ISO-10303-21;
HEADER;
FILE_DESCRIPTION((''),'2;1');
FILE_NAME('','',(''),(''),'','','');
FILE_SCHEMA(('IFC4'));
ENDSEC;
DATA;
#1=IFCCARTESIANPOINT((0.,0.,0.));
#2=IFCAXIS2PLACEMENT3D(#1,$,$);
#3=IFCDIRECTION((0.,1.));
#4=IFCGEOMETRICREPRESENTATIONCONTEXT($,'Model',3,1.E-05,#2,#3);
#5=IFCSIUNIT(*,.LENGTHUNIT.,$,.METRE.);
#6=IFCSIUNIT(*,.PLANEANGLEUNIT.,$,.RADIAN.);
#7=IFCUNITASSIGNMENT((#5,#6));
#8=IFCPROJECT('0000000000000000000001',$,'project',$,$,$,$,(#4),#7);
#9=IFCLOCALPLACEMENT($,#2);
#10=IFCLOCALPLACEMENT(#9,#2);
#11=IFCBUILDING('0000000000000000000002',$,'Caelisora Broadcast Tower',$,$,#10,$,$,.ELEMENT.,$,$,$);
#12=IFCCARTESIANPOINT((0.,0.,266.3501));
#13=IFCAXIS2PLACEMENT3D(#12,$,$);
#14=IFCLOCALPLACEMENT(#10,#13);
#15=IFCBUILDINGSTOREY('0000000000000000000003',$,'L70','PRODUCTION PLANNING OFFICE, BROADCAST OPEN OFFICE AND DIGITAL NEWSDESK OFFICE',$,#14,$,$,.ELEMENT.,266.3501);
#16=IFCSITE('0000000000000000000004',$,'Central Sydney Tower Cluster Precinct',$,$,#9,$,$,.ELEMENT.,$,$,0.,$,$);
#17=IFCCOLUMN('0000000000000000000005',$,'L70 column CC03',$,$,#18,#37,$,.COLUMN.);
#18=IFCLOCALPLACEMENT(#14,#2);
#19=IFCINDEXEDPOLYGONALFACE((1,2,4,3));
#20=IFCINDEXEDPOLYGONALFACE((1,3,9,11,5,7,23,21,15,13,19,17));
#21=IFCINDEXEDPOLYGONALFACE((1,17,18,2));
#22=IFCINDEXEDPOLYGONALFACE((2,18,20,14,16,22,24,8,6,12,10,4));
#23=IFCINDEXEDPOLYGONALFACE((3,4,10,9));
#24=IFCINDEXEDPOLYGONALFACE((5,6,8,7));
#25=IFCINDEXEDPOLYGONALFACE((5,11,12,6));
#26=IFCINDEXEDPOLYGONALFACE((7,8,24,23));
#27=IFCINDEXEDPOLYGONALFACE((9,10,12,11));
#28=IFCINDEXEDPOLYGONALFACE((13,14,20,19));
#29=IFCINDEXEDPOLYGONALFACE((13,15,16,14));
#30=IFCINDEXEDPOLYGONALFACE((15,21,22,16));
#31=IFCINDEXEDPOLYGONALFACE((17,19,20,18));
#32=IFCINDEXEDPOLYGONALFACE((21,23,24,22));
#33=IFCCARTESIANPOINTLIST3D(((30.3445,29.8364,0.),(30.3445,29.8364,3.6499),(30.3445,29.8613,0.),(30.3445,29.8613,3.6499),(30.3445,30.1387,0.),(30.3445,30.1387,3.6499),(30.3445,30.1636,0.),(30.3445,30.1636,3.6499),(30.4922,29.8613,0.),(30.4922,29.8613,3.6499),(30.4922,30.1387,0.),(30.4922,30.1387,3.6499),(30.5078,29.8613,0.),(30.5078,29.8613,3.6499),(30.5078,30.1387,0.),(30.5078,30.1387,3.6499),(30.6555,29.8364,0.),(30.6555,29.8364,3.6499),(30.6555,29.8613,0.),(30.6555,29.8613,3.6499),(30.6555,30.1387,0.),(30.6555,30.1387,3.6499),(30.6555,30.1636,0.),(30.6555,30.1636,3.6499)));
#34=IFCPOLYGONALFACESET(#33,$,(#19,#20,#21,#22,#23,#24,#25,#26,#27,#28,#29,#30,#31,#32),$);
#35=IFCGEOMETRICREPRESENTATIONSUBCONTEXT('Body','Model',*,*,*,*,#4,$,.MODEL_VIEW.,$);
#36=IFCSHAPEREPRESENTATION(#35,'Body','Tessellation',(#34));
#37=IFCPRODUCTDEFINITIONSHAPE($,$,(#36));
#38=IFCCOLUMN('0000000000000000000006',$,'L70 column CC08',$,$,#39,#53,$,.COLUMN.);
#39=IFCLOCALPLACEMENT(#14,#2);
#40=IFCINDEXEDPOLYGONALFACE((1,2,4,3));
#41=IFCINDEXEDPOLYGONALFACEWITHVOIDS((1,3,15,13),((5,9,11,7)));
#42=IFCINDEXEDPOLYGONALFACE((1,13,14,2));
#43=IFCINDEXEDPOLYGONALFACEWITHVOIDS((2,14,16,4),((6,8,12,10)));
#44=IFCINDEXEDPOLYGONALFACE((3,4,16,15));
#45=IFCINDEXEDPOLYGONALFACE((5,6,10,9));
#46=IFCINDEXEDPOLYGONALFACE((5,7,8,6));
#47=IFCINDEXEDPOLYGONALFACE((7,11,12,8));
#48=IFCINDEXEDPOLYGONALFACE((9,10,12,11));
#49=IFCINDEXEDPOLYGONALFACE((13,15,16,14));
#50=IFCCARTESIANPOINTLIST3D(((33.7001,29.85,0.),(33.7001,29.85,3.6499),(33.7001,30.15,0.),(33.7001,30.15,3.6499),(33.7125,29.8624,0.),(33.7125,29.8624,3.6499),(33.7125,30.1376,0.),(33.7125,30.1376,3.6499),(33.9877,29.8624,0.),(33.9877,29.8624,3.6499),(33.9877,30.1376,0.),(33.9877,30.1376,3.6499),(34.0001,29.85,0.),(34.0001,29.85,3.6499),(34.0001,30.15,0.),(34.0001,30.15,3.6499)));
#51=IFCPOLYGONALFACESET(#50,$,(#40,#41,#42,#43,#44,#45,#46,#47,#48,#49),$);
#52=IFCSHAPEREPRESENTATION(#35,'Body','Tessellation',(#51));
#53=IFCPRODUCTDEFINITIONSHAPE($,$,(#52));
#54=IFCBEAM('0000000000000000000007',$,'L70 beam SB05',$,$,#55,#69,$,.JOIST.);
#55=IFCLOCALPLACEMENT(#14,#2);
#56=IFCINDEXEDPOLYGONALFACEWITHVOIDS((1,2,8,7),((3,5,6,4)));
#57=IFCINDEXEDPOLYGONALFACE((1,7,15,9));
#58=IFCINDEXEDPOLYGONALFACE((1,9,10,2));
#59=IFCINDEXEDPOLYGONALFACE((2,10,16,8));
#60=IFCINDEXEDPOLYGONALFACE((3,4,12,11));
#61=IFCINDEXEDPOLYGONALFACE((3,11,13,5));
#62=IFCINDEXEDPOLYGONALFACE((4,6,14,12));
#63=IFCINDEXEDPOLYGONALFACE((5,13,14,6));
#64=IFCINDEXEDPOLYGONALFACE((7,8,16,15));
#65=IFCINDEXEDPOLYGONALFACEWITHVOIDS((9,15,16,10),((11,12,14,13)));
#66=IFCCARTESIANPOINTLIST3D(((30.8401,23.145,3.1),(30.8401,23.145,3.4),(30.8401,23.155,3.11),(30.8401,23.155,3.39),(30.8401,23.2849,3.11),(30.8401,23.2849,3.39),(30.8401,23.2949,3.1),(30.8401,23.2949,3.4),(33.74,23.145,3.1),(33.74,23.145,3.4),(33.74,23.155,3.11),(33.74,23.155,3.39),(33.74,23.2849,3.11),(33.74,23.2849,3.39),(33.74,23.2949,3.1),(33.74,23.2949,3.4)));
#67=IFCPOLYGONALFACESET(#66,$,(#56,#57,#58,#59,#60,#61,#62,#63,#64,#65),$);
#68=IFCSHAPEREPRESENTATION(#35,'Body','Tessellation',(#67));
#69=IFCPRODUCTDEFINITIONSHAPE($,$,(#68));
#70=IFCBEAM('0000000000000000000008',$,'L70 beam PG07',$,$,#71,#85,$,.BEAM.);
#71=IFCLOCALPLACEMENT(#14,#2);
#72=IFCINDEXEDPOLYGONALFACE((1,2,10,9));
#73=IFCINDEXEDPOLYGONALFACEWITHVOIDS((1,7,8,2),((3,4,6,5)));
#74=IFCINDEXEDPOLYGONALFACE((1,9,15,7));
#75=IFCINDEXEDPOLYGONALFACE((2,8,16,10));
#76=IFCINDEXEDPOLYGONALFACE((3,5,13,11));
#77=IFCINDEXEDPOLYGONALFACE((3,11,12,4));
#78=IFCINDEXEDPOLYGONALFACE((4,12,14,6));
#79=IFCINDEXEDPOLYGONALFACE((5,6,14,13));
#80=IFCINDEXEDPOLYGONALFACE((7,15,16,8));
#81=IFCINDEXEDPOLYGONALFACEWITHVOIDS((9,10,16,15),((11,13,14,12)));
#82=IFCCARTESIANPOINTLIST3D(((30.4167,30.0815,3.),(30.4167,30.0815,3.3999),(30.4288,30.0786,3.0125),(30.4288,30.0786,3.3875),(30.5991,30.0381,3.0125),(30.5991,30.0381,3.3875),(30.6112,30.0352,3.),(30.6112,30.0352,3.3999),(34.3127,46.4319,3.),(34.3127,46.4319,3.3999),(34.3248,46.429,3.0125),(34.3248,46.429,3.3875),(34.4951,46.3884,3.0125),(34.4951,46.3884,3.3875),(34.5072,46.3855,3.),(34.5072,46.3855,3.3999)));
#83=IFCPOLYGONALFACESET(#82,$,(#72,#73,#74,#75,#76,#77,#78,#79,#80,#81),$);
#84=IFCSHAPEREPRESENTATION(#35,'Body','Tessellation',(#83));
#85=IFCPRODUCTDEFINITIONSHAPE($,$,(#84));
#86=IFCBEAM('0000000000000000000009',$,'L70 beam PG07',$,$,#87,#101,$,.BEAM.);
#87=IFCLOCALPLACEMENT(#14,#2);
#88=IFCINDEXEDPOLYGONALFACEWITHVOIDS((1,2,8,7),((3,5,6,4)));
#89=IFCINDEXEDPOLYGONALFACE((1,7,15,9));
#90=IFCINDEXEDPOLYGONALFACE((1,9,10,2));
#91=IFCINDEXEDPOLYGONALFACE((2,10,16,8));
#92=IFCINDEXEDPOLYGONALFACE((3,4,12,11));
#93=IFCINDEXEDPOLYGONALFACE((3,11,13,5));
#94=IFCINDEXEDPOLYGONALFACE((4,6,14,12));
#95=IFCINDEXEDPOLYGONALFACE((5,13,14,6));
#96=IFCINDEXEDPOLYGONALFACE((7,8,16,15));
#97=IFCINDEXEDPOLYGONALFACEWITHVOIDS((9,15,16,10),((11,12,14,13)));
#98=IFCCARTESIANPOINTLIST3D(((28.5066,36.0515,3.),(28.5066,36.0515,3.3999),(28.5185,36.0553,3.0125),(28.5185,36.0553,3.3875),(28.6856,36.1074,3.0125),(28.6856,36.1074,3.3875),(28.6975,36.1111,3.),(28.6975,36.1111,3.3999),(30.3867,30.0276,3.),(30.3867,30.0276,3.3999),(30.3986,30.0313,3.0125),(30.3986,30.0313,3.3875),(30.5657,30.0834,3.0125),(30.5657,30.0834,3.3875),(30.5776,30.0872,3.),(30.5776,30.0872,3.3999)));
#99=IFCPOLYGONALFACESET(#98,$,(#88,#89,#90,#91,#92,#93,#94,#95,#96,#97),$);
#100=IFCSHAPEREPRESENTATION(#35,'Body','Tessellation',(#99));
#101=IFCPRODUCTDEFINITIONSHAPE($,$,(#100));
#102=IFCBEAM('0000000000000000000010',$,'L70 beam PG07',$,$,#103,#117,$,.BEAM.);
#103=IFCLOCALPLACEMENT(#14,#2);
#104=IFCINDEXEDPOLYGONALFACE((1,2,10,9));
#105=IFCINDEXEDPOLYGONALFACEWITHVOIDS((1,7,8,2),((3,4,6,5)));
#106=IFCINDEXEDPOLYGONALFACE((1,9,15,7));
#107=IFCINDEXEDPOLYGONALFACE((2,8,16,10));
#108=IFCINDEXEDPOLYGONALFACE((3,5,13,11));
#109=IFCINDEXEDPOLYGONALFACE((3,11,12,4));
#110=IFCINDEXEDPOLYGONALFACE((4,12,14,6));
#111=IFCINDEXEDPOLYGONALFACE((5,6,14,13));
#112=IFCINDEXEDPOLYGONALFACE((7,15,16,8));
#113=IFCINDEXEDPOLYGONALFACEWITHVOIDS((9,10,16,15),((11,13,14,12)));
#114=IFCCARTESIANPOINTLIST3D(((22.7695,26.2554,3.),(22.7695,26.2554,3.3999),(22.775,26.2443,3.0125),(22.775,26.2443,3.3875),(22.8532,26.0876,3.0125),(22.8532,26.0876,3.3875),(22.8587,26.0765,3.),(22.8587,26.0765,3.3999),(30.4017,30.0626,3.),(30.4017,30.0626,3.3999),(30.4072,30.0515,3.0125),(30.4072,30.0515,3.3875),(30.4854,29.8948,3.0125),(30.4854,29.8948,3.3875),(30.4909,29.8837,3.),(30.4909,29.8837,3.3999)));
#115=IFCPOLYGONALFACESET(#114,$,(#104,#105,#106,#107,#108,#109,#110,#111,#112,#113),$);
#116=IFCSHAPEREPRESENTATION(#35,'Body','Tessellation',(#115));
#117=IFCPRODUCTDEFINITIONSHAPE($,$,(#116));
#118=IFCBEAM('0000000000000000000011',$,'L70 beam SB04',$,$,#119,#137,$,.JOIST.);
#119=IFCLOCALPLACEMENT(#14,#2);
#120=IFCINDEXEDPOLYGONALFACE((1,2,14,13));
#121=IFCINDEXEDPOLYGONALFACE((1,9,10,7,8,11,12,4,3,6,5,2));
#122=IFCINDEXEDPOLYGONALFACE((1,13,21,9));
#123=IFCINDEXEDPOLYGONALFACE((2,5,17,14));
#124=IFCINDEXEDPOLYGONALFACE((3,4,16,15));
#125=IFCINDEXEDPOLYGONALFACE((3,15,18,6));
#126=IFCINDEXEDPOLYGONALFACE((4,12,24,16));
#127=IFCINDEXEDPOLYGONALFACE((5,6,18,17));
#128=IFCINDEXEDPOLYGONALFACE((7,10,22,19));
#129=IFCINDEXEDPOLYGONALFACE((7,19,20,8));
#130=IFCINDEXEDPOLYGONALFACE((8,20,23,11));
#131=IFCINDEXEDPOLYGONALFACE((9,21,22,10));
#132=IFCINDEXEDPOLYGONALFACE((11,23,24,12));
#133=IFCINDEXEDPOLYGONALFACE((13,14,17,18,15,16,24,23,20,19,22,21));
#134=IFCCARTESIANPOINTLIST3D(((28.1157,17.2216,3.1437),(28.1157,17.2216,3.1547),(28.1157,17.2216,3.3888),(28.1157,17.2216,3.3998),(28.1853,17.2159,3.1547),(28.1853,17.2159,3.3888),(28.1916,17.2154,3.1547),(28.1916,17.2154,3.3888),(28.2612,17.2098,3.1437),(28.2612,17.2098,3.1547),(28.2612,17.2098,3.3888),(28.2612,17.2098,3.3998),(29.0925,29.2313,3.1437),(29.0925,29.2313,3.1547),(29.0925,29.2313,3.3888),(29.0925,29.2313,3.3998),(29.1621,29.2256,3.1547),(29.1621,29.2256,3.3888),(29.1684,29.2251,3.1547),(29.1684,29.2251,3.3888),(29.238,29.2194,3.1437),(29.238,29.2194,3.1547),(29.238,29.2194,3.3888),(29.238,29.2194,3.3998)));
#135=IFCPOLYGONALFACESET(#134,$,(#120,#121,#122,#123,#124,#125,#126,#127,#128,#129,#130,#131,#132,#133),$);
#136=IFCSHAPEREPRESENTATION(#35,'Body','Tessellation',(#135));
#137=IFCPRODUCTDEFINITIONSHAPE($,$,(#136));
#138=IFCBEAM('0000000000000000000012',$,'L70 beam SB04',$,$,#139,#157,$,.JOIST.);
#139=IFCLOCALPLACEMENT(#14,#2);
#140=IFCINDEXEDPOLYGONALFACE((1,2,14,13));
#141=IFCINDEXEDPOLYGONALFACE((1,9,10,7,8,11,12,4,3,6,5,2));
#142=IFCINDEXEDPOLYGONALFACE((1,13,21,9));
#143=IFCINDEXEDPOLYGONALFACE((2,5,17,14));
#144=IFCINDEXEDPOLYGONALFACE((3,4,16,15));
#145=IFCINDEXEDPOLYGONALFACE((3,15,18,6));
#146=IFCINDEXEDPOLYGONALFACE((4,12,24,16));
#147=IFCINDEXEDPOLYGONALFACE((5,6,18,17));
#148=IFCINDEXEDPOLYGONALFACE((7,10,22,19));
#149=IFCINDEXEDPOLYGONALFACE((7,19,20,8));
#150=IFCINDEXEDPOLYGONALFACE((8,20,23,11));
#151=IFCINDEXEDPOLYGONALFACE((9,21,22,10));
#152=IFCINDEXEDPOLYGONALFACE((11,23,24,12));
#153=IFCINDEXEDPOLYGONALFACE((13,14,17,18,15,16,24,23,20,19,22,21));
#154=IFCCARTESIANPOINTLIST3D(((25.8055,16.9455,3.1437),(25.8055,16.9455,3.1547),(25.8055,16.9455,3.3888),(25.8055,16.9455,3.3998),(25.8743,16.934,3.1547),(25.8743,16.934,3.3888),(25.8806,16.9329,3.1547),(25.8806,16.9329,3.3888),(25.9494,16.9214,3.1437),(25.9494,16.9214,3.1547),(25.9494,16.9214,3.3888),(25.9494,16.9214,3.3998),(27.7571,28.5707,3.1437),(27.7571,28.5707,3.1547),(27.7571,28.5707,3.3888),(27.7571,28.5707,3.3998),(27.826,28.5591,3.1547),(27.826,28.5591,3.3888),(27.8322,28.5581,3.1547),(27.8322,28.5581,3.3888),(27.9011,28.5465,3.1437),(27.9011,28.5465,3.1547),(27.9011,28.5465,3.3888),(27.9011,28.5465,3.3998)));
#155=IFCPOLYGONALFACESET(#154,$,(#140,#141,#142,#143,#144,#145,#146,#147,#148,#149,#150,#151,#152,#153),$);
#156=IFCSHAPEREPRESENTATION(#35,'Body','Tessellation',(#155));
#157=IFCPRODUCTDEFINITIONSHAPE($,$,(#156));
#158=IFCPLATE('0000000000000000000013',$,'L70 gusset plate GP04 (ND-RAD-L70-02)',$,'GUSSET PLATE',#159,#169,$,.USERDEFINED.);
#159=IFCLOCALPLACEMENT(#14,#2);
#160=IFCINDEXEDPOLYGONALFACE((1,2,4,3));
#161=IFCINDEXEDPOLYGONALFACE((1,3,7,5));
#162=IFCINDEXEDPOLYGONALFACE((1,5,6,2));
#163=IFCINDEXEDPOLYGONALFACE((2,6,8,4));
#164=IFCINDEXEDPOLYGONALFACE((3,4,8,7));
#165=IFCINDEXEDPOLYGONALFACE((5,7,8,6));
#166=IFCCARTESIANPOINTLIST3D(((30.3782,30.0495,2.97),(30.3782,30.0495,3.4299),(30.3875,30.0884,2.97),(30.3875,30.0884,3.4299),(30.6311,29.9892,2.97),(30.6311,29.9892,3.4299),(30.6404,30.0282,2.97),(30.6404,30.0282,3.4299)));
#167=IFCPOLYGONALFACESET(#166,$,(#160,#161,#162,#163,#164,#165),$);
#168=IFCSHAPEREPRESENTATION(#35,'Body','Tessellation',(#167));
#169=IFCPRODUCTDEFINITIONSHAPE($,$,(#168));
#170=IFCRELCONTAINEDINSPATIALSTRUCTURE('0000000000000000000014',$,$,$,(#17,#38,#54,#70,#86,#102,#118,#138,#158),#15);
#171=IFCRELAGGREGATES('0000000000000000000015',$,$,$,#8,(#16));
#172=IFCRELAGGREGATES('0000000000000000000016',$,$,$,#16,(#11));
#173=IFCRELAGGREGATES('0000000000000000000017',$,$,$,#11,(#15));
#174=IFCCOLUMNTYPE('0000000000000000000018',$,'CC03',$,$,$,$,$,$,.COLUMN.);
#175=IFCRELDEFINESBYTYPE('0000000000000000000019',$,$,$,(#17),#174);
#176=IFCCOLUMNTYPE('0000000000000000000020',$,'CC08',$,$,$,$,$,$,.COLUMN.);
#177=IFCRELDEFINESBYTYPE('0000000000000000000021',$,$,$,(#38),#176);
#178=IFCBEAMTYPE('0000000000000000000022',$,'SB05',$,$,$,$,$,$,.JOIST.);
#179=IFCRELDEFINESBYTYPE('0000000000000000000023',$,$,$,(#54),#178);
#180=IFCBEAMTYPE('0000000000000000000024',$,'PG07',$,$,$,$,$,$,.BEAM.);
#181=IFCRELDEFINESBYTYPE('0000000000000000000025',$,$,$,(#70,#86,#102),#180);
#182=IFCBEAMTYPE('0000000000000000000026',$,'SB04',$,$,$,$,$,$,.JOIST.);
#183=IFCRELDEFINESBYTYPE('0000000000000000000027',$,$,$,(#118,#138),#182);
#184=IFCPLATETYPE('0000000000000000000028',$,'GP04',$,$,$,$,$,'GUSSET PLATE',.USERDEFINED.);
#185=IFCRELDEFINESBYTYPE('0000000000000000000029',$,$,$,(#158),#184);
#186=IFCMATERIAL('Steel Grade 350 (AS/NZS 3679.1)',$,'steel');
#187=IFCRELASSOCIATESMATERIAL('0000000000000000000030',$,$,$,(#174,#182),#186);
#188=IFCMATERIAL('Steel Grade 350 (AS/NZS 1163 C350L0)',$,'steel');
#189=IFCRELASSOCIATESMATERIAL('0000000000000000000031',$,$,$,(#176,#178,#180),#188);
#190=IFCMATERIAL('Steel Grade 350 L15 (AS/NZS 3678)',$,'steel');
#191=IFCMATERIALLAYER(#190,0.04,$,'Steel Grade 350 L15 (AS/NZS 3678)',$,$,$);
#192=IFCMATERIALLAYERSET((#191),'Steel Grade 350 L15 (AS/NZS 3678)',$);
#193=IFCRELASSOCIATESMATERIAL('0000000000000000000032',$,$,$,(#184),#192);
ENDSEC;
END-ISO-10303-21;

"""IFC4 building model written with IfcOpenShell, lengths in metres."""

from ifc_helpers import new_model, si_unit, direction, frame, origin, origin_2d, place, context, subcontext, project, spatial, rectangle, hollow_rectangle, i_section, extrude, source, transform, mapped, material, layer, layer_set, material_profile, profile_set, type_object, type_shapes, element, save


model = new_model("IFC4")

# Units and contexts
model_context = context("Model", 3, precision=1e-05, world=origin(), true_north=direction((0.0, 1.0)))
body_context = subcontext(model_context, "Body", "Model", "MODEL_VIEW")
ifc_project = project(units=[si_unit("LENGTHUNIT", "METRE"), si_unit("PLANEANGLEUNIT", "RADIAN")], contexts=[model_context])

# Site, building, storey
site_placement = place(None, origin())
site = spatial("IfcSite", under=ifc_project, at=site_placement, Name="Central Sydney Tower Cluster Precinct", CompositionType="ELEMENT", RefElevation=0.0)
building_placement = place(site_placement, origin())
building = spatial("IfcBuilding", under=site, at=building_placement, Name="Caelisora Broadcast Tower", CompositionType="ELEMENT")
storey_placement = place(building_placement, frame((0.0, 0.0, 266.3501)))
storey = spatial("IfcBuildingStorey", under=building, at=storey_placement, Name="L70", Description="PRODUCTION PLANNING OFFICE, BROADCAST OPEN OFFICE AND DIGITAL NEWSDESK OFFICE", CompositionType="ELEMENT", Elevation=266.3501)

# Columns
ifc_material_1 = material(Name="Steel Grade 350 (AS/NZS 3679.1)", Category="steel")
ifc_material_profile_1 = material_profile(ifc_material_1, i_section(OverallWidth=0.311, OverallDepth=0.3271, WebThickness=0.0156, FlangeThickness=0.0249, at=origin_2d()), Name="Steel Grade 350 (AS/NZS 3679.1)")
ifc_profile_set_1 = profile_set([ifc_material_profile_1], Name="Steel Grade 350 (AS/NZS 3679.1)")
column_type_1 = type_object("IfcColumnType", Name="CC03", PredefinedType="COLUMN", material=ifc_profile_set_1)
shared_shape_1 = source(origin(), body_context, "Body", "SweptSolid", [
    extrude(i_section(OverallWidth=0.311, OverallDepth=0.3271, WebThickness=0.0156, FlangeThickness=0.0249, at=origin_2d()), origin(), (0.0, 0.0, 1.0), 3.6499),
])
type_shapes(column_type_1, [shared_shape_1])
column_1_placement = place(storey_placement, frame((30.5, 30.0, 0.0), z_axis=(0.0, 0.0, 1.0), x_axis=(1.0, 0.0, 0.0)))
element("IfcColumn", 1, at=column_1_placement, inside=storey, type_object=column_type_1, Name="L70 column CC03", PredefinedType="COLUMN", context=body_context, shape_type="MappedRepresentation", body=[
    mapped(shared_shape_1, transform((0.0, 0.0, 0.0), scale=1.0)),
])
ifc_material_2 = material(Name="Steel Grade 350 (AS/NZS 1163 C350L0)", Category="steel")
ifc_material_profile_2 = material_profile(ifc_material_2, hollow_rectangle(XDim=0.3, YDim=0.3, WallThickness=0.0125, at=origin_2d()), Name="Steel Grade 350 (AS/NZS 1163 C350L0)")
ifc_profile_set_2 = profile_set([ifc_material_profile_2], Name="Steel Grade 350 (AS/NZS 1163 C350L0)")
column_type_2 = type_object("IfcColumnType", Name="CC08", PredefinedType="COLUMN", material=ifc_profile_set_2)
shared_shape_2 = source(origin(), body_context, "Body", "SweptSolid", [
    extrude(hollow_rectangle(XDim=0.3, YDim=0.3, WallThickness=0.0125, at=origin_2d()), origin(), (0.0, 0.0, 1.0), 3.6499),
])
type_shapes(column_type_2, [shared_shape_2])
column_2_placement = place(storey_placement, frame((33.8501, 30.0, 0.0), z_axis=(0.0, 0.0, 1.0), x_axis=(1.0, 0.0, 0.0)))
element("IfcColumn", 2, at=column_2_placement, inside=storey, type_object=column_type_2, Name="L70 column CC08", PredefinedType="COLUMN", context=body_context, shape_type="MappedRepresentation", body=[
    mapped(shared_shape_2, transform((0.0, 0.0, 0.0), scale=1.0)),
])

# Beams
ifc_material_profile_3 = material_profile(ifc_material_2, hollow_rectangle(XDim=0.1499, YDim=0.3, WallThickness=0.01, at=origin_2d()), Name="Steel Grade 350 (AS/NZS 1163 C350L0)")
ifc_profile_set_3 = profile_set([ifc_material_profile_3], Name="Steel Grade 350 (AS/NZS 1163 C350L0)")
beam_type_1 = type_object("IfcBeamType", Name="SB05", PredefinedType="JOIST", material=ifc_profile_set_3)
shared_shape_3 = source(origin(), body_context, "Body", "SweptSolid", [
    extrude(hollow_rectangle(XDim=0.1499, YDim=0.3, WallThickness=0.01, at=origin_2d()), origin(), (0.0, 0.0, 1.0), 2.8999),
])
type_shapes(beam_type_1, [shared_shape_3])
beam_1_placement = place(storey_placement, frame((30.8401, 23.22, 3.25), z_axis=(1.0, 0.0, 0.0), x_axis=(0.0, 1.0, 0.0)))
element("IfcBeam", 3, at=beam_1_placement, inside=storey, type_object=beam_type_1, Name="L70 beam SB05", PredefinedType="JOIST", context=body_context, shape_type="MappedRepresentation", body=[
    mapped(shared_shape_3, transform((0.0, 0.0, 0.0), scale=1.0)),
])
ifc_material_profile_4 = material_profile(ifc_material_2, hollow_rectangle(XDim=0.2, YDim=0.3999, WallThickness=0.0125, at=origin_2d()), Name="Steel Grade 350 (AS/NZS 1163 C350L0)")
ifc_profile_set_4 = profile_set([ifc_material_profile_4], Name="Steel Grade 350 (AS/NZS 1163 C350L0)")
beam_type_2 = type_object("IfcBeamType", Name="PG07", PredefinedType="BEAM", material=ifc_profile_set_4)
shared_shape_4 = source(origin(), body_context, "Body", "SweptSolid", [
    extrude(hollow_rectangle(XDim=0.2, YDim=0.3999, WallThickness=0.0125, at=origin_2d()), origin(), (0.0, 0.0, 1.0), 16.8081),
])
beam_2_placement = place(storey_placement, frame((30.5139, 30.0583, 3.2), z_axis=(0.231793, 0.972765, 0.0), x_axis=(-0.972765, 0.231793, 0.0)))
element("IfcBeam", 4, at=beam_2_placement, inside=storey, type_object=beam_type_2, Name="L70 beam PG07", PredefinedType="BEAM", context=body_context, shape_type="MappedRepresentation", body=[
    mapped(shared_shape_4, transform((0.0, 0.0, 0.0), scale=1.0)),
])
shared_shape_5 = source(origin(), body_context, "Body", "SweptSolid", [
    extrude(hollow_rectangle(XDim=0.2, YDim=0.3999, WallThickness=0.0125, at=origin_2d()), origin(), (0.0, 0.0, 1.0), 6.3105),
])
beam_3_placement = place(storey_placement, frame((30.4822, 30.0574, 3.2), z_axis=(-0.297936, 0.954586, 0.0), x_axis=(-0.954586, -0.297936, 0.0)))
element("IfcBeam", 5, at=beam_3_placement, inside=storey, type_object=beam_type_2, Name="L70 beam PG07", PredefinedType="BEAM", context=body_context, shape_type="MappedRepresentation", body=[
    mapped(shared_shape_5, transform((0.0, 0.0, 0.0), scale=1.0)),
])
shared_shape_6 = source(origin(), body_context, "Body", "SweptSolid", [
    extrude(hollow_rectangle(XDim=0.2, YDim=0.3999, WallThickness=0.0125, at=origin_2d()), origin(), (0.0, 0.0, 1.0), 8.5291),
])
type_shapes(beam_type_2, [shared_shape_4, shared_shape_5, shared_shape_6])
beam_4_placement = place(storey_placement, frame((30.4463, 29.9731, 3.2), z_axis=(-0.894845, -0.446378, 0.0), x_axis=(0.446378, -0.894845, 0.0)))
element("IfcBeam", 6, at=beam_4_placement, inside=storey, type_object=beam_type_2, Name="L70 beam PG07", PredefinedType="BEAM", context=body_context, shape_type="MappedRepresentation", body=[
    mapped(shared_shape_6, transform((0.0, 0.0, 0.0), scale=1.0)),
])
ifc_material_profile_5 = material_profile(ifc_material_1, i_section(OverallWidth=0.146, OverallDepth=0.2561, WebThickness=0.0063, FlangeThickness=0.011, at=origin_2d()), Name="Steel Grade 350 (AS/NZS 3679.1)")
ifc_profile_set_5 = profile_set([ifc_material_profile_5], Name="Steel Grade 350 (AS/NZS 3679.1)")
beam_type_3 = type_object("IfcBeamType", Name="SB04", PredefinedType="JOIST", material=ifc_profile_set_5)
shared_shape_7 = source(origin(), body_context, "Body", "SweptSolid", [
    extrude(i_section(OverallWidth=0.146, OverallDepth=0.2561, WebThickness=0.0063, FlangeThickness=0.011, at=origin_2d()), origin(), (0.0, 0.0, 1.0), 12.0493),
])
beam_5_placement = place(storey_placement, frame((29.1653, 29.2253, 3.2717), z_axis=(-0.081067, -0.996709, 0.0), x_axis=(0.996709, -0.081067, 0.0)))
element("IfcBeam", 7, at=beam_5_placement, inside=storey, type_object=beam_type_3, Name="L70 beam SB04", PredefinedType="JOIST", context=body_context, shape_type="MappedRepresentation", body=[
    mapped(shared_shape_7, transform((0.0, 0.0, 0.0), scale=1.0)),
])
shared_shape_8 = source(origin(), body_context, "Body", "SweptSolid", [
    extrude(i_section(OverallWidth=0.146, OverallDepth=0.2561, WebThickness=0.0063, FlangeThickness=0.011, at=origin_2d()), origin(), (0.0, 0.0, 1.0), 11.7878),
])
type_shapes(beam_type_3, [shared_shape_7, shared_shape_8])
beam_6_placement = place(storey_placement, frame((27.8291, 28.5586, 3.2717), z_axis=(-0.165564, -0.986199, 0.0), x_axis=(0.986199, -0.165564, 0.0)))
element("IfcBeam", 8, at=beam_6_placement, inside=storey, type_object=beam_type_3, Name="L70 beam SB04", PredefinedType="JOIST", context=body_context, shape_type="MappedRepresentation", body=[
    mapped(shared_shape_8, transform((0.0, 0.0, 0.0), scale=1.0)),
])

# Plate
ifc_material_3 = material(Name="Steel Grade 350 L15 (AS/NZS 3678)", Category="steel")
ifc_layer_1 = layer(ifc_material_3, 0.04, Name="Steel Grade 350 L15 (AS/NZS 3678)")
ifc_layer_set_1 = layer_set([ifc_layer_1], Name="Steel Grade 350 L15 (AS/NZS 3678)")
plate_type = type_object("IfcPlateType", Name="GP04", ElementType="GUSSET PLATE", PredefinedType="USERDEFINED", material=ifc_layer_set_1)
shared_shape_9 = source(origin(), body_context, "Body", "SweptSolid", [
    extrude(rectangle(XDim=0.26, YDim=0.04, at=origin_2d()), origin(), (0.0, 0.0, 1.0), 0.46),
])
type_shapes(plate_type, [shared_shape_9])
for number, where, z_axis, x_axis, name in (
    (9, (30.5093, 30.0388, 2.97), (0.0, 0.0, 1.0), (-0.972776, 0.231748, 0.0), "L70 gusset plate GP04 (ND-RAD-L70-02)"),
):
    element("IfcPlate", number, at=place(storey_placement, frame(where, z_axis=z_axis, x_axis=x_axis)), inside=storey, type_object=plate_type, Name=name, ObjectType="GUSSET PLATE", PredefinedType="USERDEFINED", context=body_context, shape_type="MappedRepresentation", body=[
        mapped(shared_shape_9, transform((0.0, 0.0, 0.0), scale=1.0)),
    ])

save(model, "model.ifc")
